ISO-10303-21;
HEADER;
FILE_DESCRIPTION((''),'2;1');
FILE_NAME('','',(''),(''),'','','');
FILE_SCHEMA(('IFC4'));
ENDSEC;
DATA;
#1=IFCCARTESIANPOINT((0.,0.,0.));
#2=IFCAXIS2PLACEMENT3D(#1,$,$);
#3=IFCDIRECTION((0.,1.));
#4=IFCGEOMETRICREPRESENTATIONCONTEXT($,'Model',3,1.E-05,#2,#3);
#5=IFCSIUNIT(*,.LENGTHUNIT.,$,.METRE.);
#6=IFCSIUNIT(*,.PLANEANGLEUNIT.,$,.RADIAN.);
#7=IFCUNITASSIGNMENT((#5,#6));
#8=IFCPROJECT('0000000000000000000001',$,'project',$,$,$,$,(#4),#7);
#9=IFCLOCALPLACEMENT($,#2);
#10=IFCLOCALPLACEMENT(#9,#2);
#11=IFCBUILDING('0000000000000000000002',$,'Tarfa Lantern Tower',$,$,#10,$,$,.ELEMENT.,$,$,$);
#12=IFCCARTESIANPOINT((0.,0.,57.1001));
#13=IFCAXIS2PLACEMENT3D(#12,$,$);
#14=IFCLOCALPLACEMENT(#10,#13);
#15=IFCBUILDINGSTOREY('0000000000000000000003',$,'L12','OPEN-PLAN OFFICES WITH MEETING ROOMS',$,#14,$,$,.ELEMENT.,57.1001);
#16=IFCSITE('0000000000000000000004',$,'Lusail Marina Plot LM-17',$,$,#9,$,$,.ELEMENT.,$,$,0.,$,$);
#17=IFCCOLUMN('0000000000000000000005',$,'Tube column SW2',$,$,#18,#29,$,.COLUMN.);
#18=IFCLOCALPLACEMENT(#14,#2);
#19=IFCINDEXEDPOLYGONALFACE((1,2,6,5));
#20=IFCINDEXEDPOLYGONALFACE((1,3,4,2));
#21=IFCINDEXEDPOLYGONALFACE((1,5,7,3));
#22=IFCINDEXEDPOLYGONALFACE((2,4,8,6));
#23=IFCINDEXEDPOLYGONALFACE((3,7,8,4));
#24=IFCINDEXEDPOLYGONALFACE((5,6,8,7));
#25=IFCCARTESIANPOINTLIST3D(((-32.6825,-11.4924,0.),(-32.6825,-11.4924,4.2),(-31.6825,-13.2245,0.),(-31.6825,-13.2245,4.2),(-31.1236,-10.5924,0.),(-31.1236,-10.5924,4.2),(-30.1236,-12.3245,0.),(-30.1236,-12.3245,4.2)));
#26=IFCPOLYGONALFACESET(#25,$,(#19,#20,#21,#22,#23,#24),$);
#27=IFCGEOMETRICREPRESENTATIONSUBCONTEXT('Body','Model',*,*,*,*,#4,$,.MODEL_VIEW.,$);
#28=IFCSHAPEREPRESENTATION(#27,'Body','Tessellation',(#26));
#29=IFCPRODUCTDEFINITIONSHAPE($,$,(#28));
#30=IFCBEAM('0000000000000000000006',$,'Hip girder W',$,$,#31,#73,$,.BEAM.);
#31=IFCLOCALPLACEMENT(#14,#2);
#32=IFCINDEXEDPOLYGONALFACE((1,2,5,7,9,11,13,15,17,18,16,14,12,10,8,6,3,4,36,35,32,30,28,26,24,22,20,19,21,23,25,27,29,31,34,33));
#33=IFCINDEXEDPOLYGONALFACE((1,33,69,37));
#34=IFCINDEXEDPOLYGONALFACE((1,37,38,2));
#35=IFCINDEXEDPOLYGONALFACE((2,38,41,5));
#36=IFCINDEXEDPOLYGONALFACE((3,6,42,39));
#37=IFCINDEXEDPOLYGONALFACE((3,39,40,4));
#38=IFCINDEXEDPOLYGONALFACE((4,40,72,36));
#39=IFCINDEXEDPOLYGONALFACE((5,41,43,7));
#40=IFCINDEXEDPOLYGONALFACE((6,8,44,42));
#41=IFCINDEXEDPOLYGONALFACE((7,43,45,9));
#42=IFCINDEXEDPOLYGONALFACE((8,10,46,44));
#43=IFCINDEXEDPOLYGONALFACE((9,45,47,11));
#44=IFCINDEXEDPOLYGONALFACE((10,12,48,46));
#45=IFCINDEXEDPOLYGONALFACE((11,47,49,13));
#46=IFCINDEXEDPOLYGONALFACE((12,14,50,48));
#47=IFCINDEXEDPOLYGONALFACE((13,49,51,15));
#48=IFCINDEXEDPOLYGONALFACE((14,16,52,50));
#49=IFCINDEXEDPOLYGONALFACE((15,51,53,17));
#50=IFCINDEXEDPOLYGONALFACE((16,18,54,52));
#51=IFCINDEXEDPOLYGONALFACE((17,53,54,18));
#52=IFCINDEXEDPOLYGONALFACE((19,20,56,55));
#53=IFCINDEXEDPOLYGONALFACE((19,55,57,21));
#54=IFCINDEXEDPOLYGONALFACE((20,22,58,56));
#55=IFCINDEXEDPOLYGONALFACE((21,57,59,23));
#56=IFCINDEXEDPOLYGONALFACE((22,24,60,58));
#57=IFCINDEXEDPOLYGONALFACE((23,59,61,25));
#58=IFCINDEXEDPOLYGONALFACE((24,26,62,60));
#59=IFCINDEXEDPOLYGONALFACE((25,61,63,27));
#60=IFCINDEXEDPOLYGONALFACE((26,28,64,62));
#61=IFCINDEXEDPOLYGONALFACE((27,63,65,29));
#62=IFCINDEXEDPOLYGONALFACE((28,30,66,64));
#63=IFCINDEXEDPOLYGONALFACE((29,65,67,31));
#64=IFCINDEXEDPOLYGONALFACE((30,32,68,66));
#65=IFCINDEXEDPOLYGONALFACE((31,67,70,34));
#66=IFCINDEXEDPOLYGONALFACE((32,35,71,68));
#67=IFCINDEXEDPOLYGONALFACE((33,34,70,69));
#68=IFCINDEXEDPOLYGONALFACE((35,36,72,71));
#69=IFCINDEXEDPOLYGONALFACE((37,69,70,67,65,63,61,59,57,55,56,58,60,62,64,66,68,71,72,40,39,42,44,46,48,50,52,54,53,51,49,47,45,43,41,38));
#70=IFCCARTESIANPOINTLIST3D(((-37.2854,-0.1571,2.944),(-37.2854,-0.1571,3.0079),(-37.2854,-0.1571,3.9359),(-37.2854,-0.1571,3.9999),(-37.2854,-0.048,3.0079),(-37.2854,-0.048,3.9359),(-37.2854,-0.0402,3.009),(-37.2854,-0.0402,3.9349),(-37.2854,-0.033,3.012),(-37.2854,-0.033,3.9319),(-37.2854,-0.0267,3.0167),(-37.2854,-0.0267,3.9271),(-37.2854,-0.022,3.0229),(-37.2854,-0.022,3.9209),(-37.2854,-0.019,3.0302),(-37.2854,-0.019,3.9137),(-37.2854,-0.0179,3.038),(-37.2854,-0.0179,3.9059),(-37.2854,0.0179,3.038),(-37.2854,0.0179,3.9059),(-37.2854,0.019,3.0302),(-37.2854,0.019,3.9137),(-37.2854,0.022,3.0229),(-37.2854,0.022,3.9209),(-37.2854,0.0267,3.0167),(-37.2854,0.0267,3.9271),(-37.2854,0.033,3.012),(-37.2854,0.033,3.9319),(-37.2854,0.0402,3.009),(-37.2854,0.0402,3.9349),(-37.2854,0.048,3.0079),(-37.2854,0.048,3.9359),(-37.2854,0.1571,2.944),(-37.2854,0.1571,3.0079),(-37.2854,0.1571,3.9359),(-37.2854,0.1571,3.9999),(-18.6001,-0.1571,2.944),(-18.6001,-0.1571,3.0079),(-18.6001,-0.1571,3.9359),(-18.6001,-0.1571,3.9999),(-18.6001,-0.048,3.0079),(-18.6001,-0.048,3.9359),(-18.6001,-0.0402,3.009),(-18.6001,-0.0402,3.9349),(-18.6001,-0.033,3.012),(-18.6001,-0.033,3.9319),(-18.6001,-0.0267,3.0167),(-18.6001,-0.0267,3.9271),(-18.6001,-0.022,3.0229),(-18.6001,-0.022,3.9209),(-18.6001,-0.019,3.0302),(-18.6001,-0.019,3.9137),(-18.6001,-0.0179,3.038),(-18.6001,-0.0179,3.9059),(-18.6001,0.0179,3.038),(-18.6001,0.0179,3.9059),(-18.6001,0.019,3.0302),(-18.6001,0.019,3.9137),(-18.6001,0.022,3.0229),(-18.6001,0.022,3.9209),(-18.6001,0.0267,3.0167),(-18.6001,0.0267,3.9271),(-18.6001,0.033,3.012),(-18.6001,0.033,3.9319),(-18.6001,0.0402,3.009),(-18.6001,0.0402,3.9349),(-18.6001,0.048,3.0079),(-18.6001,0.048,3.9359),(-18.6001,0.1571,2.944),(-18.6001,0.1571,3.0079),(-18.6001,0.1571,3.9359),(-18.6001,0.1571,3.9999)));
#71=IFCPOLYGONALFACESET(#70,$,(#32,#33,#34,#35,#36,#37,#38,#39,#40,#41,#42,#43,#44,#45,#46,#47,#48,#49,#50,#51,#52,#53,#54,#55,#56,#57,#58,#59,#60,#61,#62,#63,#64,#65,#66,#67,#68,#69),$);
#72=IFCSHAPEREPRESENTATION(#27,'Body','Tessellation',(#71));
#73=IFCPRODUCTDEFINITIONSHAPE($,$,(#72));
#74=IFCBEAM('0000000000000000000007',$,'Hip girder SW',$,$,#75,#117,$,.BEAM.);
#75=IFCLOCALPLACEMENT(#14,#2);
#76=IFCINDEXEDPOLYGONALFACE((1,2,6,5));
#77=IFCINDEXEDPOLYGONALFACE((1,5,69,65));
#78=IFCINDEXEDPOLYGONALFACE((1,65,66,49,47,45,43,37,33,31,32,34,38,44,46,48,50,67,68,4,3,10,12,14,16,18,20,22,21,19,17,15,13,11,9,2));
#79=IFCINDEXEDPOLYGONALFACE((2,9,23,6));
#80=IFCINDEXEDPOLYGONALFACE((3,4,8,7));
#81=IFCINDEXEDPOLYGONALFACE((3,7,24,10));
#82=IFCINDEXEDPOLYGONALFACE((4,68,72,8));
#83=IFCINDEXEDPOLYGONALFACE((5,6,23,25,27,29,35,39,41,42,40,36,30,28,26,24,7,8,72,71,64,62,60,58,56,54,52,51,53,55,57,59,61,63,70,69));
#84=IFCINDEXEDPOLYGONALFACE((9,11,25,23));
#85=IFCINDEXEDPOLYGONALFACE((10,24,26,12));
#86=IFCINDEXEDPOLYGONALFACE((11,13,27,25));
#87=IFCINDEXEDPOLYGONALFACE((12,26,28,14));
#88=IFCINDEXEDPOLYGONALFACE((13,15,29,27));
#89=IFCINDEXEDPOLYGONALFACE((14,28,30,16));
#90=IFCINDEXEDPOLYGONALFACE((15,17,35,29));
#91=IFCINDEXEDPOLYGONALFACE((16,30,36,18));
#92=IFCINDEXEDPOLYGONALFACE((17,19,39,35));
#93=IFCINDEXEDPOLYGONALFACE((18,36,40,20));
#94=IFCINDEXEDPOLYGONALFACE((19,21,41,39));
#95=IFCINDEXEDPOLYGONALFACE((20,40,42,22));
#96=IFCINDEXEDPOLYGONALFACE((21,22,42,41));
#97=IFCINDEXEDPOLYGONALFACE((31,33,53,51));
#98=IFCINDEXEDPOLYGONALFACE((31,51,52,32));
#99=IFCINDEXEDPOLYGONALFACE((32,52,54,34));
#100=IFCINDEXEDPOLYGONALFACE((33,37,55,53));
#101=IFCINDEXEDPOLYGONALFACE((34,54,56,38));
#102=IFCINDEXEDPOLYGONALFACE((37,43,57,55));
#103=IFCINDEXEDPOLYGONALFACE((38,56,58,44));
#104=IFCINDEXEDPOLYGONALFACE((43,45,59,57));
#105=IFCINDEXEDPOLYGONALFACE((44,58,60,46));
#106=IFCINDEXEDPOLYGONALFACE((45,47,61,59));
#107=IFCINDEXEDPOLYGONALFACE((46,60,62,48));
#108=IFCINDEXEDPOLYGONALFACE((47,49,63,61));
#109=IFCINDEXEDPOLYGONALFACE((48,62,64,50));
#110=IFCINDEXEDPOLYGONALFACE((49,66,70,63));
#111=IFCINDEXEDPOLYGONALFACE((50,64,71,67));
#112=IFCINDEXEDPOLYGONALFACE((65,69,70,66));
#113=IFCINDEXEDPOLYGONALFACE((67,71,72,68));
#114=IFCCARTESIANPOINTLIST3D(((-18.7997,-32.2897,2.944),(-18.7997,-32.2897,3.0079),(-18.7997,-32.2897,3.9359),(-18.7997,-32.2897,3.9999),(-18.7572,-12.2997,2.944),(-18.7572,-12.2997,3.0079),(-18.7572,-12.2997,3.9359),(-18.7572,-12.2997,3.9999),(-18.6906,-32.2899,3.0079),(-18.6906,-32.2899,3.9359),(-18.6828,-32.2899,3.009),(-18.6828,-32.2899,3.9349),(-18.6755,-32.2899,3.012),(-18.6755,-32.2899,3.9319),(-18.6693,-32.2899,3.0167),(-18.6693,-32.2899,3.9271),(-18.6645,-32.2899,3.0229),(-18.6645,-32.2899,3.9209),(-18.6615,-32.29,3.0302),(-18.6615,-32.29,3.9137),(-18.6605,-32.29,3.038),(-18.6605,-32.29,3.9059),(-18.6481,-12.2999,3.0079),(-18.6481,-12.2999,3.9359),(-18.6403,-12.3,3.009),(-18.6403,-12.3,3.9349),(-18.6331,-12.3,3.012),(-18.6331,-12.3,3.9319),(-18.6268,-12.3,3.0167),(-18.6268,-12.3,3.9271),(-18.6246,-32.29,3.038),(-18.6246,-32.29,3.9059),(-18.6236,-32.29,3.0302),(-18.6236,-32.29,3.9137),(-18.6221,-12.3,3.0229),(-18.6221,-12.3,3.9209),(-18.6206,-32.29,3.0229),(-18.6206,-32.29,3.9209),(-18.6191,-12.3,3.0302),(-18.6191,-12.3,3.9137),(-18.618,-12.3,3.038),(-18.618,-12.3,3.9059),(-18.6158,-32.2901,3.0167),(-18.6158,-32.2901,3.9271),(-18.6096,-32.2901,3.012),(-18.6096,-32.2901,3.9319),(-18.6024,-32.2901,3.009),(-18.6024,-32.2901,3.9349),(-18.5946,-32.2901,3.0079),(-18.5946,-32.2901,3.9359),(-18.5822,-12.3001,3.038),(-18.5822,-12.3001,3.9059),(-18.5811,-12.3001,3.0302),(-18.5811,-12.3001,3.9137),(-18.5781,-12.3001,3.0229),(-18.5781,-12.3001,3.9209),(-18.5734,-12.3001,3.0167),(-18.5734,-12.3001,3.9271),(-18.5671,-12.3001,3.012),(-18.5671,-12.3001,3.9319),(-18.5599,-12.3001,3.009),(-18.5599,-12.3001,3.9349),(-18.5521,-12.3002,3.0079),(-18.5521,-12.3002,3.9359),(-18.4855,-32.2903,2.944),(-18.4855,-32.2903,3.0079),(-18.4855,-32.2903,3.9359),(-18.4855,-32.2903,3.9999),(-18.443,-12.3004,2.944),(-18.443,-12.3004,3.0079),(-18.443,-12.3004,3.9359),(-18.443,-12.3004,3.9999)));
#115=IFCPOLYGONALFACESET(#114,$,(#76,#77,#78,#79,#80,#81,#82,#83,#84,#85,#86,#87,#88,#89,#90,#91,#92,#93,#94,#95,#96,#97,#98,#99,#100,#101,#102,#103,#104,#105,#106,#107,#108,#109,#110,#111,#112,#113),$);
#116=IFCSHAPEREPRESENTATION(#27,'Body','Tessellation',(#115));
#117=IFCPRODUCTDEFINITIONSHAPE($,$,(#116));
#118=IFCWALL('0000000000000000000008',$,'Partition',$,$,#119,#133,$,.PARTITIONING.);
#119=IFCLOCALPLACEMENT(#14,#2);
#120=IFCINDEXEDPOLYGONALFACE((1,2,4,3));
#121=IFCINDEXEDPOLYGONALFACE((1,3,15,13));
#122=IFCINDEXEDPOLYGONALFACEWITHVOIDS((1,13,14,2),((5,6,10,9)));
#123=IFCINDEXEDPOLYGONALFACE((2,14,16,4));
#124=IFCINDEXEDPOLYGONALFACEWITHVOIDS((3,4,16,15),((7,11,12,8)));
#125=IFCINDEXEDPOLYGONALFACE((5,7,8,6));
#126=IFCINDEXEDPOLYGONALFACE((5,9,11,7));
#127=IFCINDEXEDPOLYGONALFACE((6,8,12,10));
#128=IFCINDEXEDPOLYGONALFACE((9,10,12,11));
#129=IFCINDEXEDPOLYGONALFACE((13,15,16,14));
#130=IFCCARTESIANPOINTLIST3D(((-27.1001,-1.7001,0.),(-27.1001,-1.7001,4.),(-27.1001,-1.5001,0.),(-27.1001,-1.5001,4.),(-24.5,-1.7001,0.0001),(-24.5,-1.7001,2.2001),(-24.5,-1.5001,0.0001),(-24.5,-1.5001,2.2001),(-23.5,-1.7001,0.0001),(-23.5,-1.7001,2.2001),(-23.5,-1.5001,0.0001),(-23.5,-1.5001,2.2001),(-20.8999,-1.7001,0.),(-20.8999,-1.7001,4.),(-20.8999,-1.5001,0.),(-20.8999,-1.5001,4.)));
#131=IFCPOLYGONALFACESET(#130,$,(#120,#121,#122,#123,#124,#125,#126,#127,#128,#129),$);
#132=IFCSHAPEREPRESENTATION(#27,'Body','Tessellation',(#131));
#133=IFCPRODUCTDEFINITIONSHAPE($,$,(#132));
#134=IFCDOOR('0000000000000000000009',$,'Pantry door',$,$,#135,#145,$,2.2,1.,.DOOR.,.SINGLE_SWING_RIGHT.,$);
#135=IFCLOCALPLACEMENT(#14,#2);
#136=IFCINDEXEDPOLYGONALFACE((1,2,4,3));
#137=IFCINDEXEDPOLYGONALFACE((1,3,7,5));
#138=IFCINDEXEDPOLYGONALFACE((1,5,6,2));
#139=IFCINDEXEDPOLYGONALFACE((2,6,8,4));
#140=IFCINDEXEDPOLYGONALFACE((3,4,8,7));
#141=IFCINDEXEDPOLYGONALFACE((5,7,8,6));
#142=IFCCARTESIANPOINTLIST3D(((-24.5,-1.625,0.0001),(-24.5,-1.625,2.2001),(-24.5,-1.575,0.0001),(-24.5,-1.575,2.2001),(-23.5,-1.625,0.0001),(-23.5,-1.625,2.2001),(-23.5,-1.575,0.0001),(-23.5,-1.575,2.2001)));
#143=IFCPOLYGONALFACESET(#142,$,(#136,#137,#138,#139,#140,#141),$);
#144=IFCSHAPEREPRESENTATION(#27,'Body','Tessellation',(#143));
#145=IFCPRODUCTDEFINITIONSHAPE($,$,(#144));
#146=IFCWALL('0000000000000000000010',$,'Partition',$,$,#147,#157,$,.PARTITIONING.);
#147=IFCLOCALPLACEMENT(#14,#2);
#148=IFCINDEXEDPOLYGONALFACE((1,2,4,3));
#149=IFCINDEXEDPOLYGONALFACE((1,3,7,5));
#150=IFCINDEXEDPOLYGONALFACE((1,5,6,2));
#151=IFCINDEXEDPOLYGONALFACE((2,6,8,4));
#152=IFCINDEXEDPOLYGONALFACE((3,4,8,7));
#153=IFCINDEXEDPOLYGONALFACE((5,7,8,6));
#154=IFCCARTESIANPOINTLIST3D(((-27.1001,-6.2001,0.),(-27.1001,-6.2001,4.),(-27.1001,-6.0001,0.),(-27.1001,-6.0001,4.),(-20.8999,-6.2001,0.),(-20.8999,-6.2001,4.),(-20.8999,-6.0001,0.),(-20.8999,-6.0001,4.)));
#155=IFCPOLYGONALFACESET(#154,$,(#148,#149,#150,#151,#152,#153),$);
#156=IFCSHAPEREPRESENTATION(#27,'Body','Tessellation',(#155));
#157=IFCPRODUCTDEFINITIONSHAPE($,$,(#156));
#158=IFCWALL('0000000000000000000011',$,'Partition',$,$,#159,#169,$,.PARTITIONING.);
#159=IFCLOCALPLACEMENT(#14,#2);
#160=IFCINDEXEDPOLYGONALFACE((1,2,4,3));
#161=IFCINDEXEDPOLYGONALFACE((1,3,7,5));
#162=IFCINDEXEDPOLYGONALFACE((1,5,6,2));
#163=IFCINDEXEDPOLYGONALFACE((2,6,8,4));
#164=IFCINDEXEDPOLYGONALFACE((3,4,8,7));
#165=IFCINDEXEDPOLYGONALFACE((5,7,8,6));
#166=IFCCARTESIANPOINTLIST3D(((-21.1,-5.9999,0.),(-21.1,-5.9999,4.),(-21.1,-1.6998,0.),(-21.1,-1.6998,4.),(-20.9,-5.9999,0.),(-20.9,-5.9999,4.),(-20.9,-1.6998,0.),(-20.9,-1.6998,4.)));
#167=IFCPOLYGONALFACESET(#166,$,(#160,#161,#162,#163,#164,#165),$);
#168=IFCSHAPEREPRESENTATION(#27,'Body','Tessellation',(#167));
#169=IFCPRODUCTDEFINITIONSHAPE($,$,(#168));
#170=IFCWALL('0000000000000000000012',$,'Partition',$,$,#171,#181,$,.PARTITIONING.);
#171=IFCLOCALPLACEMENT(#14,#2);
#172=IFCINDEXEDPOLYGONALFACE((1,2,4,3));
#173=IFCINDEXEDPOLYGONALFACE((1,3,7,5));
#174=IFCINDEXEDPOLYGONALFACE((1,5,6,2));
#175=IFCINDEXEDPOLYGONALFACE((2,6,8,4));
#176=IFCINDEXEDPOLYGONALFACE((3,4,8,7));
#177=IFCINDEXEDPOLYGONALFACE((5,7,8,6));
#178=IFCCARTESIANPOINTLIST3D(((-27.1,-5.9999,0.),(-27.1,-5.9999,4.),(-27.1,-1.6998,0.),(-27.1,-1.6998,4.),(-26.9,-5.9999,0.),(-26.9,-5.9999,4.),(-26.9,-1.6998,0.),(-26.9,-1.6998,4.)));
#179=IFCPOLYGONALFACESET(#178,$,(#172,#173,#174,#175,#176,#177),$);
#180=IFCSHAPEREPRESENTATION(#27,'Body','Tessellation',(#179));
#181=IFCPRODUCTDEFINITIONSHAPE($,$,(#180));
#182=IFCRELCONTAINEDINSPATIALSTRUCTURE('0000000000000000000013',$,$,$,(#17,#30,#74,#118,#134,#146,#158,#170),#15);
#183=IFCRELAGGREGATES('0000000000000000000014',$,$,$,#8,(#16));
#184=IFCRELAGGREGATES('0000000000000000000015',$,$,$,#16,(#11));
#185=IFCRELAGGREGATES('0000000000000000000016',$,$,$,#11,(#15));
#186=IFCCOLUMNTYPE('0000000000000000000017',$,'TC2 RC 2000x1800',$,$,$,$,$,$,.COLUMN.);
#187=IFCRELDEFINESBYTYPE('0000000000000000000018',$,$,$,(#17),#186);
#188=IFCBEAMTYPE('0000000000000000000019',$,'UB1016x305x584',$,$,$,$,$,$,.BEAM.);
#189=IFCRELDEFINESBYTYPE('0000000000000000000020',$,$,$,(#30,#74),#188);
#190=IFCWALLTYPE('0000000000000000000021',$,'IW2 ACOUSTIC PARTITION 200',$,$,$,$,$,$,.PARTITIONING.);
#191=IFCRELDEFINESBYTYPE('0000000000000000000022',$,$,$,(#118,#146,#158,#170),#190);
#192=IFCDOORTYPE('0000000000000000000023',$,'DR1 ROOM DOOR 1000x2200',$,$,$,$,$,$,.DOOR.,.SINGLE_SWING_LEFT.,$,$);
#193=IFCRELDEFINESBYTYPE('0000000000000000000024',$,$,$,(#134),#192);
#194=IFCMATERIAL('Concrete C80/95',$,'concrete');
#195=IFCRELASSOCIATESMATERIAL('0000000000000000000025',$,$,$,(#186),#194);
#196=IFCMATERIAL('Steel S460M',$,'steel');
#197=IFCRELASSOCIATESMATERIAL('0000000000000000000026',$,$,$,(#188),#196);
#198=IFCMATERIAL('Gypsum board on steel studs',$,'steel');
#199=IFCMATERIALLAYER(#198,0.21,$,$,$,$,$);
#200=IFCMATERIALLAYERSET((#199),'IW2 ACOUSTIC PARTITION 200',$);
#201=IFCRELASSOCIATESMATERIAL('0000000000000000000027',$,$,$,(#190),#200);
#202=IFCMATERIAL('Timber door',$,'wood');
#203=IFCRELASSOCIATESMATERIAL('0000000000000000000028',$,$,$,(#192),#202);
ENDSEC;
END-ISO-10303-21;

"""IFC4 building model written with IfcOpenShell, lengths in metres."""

from ifc_helpers import new_model, si_unit, direction, frame, frame_2d, origin, origin_2d, place, context, subcontext, project, spatial, rectangle, i_section, extrude, material, layer, layer_set, material_profile, profile_set, type_object, element, fill, save


model = new_model("IFC4")

# Units and contexts
model_context = context("Model", 3, precision=1e-05, world=origin(), true_north=direction((0.0, 1.0)))
body_context = subcontext(model_context, "Body", "Model", "MODEL_VIEW")
ifc_project = project(units=[si_unit("LENGTHUNIT", "METRE"), si_unit("PLANEANGLEUNIT", "RADIAN")], contexts=[model_context])

# Site, building, storey
site_placement = place(None, origin())
site = spatial("IfcSite", under=ifc_project, at=site_placement, Name="Lusail Marina Plot LM-17", CompositionType="ELEMENT", RefElevation=0.0)
building_placement = place(site_placement, origin())
building = spatial("IfcBuilding", under=site, at=building_placement, Name="Tarfa Lantern Tower", CompositionType="ELEMENT")
storey_placement = place(building_placement, frame((0.0, 0.0, 57.1001)))
storey = spatial("IfcBuildingStorey", under=building, at=storey_placement, Name="L12", Description="OPEN-PLAN OFFICES WITH MEETING ROOMS", CompositionType="ELEMENT", Elevation=57.1001)

# Column
ifc_material_1 = material(Name="Concrete C80/95", Category="concrete")
ifc_material_profile_1 = material_profile(ifc_material_1, rectangle(XDim=2.0, YDim=1.8, at=origin_2d()), Name="RC 2000x1800")
ifc_profile_set_1 = profile_set([ifc_material_profile_1], Name="Concrete C80/95")
column_type = type_object("IfcColumnType", Name="TC2 RC 2000x1800", PredefinedType="COLUMN", material=ifc_profile_set_1)
column_placement = place(storey_placement, frame((-31.4031, -11.9084, 0.0), z_axis=(0.0, 0.0, 1.0), x_axis=(0.5, -0.866025, 0.0)))
element("IfcColumn", 1, at=column_placement, inside=storey, type_object=column_type, Name="Tube column SW2", PredefinedType="COLUMN", context=body_context, shape_type="SweptSolid", body=[
    extrude(rectangle(XDim=2.0, YDim=1.8, at=origin_2d()), origin(), (0.0, 0.0, 1.0), 4.2),
])

# Beams
ifc_material_2 = material(Name="Steel S460M", Category="steel")
ifc_material_profile_2 = material_profile(ifc_material_2, i_section(OverallWidth=0.3142, OverallDepth=1.0559, WebThickness=0.0359, FlangeThickness=0.064, FilletRadius=0.03, at=origin_2d()), Name="UB1016x305x584")
ifc_profile_set_2 = profile_set([ifc_material_profile_2], Name="Steel S460M")
beam_type = type_object("IfcBeamType", Name="UB1016x305x584", PredefinedType="BEAM", material=ifc_profile_set_2)
beam_1_placement = place(storey_placement, frame((-18.6001, 0.0, 3.4719), z_axis=(-1.0, 0.0, 0.0), x_axis=(0.0, -1.0, 0.0)))
element("IfcBeam", 2, at=beam_1_placement, inside=storey, type_object=beam_type, Name="Hip girder W", PredefinedType="BEAM", context=body_context, shape_type="SweptSolid", body=[
    extrude(i_section(OverallWidth=0.3142, OverallDepth=1.0559, WebThickness=0.0359, FlangeThickness=0.064, FilletRadius=0.03, at=origin_2d()), origin(), (0.0, 0.0, 1.0), 18.6853),
])
beam_2_placement = place(storey_placement, frame((-18.6001, -12.3, 3.4719), z_axis=(-0.002125, -0.999998, 0.0), x_axis=(0.999998, -0.002125, 0.0)))
element("IfcBeam", 3, at=beam_2_placement, inside=storey, type_object=beam_type, Name="Hip girder SW", PredefinedType="BEAM", context=body_context, shape_type="SweptSolid", body=[
    extrude(i_section(OverallWidth=0.3142, OverallDepth=1.0559, WebThickness=0.0359, FlangeThickness=0.064, FilletRadius=0.03, at=origin_2d()), origin(), (0.0, 0.0, 1.0), 19.99),
])

# Wall, opening, door
ifc_material_3 = material(Name="Gypsum board on steel studs", Category="steel")
ifc_layer_1 = layer(ifc_material_3, 0.21)
ifc_layer_set_1 = layer_set([ifc_layer_1], Name="IW2 ACOUSTIC PARTITION 200")
wall_type_1 = type_object("IfcWallType", Name="IW2 ACOUSTIC PARTITION 200", PredefinedType="PARTITIONING", material=ifc_layer_set_1)
wall_1_placement = place(storey_placement, frame((-20.8999, -1.6001, 0.0), z_axis=(0.0, 0.0, 1.0), x_axis=(-1.0, 0.0, 0.0)))
wall_1 = element("IfcWall", 4, at=wall_1_placement, inside=storey, type_object=wall_type_1, Name="Partition", PredefinedType="PARTITIONING", context=body_context, shape_type="SweptSolid", body=[
    extrude(rectangle(XDim=6.2002, YDim=0.2, at=frame_2d((3.1001, 0.0))), origin(), (0.0, 0.0, 1.0), 4.0),
])
opening_1_placement = place(wall_1_placement, frame((2.6001, 0.0, 0.0)))
opening_1 = element("IfcOpeningElement", 5, at=opening_1_placement, cuts=wall_1, PredefinedType="OPENING", context=body_context, shape_type="SweptSolid", body=[
    extrude(rectangle(XDim=1.0, YDim=2.2, at=frame_2d((0.5, 1.1001))), frame((0.0, 0.1099, 0.0), z_axis=(0.0, -1.0, 0.0), x_axis=(1.0, 0.0, 0.0)), (0.0, 0.0, 1.0), 0.22),
])
ifc_material_4 = material(Name="Timber door", Category="wood")
door_type_1 = type_object("IfcDoorType", Name="DR1 ROOM DOOR 1000x2200", OperationType="SINGLE_SWING_LEFT", PredefinedType="DOOR", material=ifc_material_4)
door_1_placement = place(opening_1_placement, origin())
door_1 = element("IfcDoor", 6, at=door_1_placement, inside=storey, type_object=door_type_1, Name="Pantry door", OperationType="SINGLE_SWING_RIGHT", OverallHeight=2.2, OverallWidth=1.0, PredefinedType="DOOR", context=body_context, shape_type="SweptSolid", body=[
    extrude(rectangle(XDim=1.0, YDim=2.2, at=frame_2d((0.5, 1.1001))), frame((0.0, 0.0249, 0.0), z_axis=(0.0, -1.0, 0.0), x_axis=(1.0, 0.0, 0.0)), (0.0, 0.0, 1.0), 0.05),
])
fill(opening_1, door_1)

# Walls
wall_2_placement = place(storey_placement, frame((-20.8999, -6.1001, 0.0), z_axis=(0.0, 0.0, 1.0), x_axis=(-1.0, 0.0, 0.0)))
element("IfcWall", 7, at=wall_2_placement, inside=storey, type_object=wall_type_1, Name="Partition", PredefinedType="PARTITIONING", context=body_context, shape_type="SweptSolid", body=[
    extrude(rectangle(XDim=6.2002, YDim=0.2, at=frame_2d((3.1001, 0.0))), origin(), (0.0, 0.0, 1.0), 4.0),
])
for number, where, z_axis, x_axis, name in (
    (8, (-21.0, -1.7, 0.0), (0.0, 0.0, 1.0), (0.0, -1.0, 0.0), "Partition"),
    (9, (-27.0, -1.7, 0.0), (0.0, 0.0, 1.0), (0.0, -1.0, 0.0), "Partition"),
):
    element("IfcWall", number, at=place(storey_placement, frame(where, z_axis=z_axis, x_axis=x_axis)), inside=storey, type_object=wall_type_1, Name=name, PredefinedType="PARTITIONING", context=body_context, shape_type="SweptSolid", body=[
        extrude(rectangle(XDim=4.3, YDim=0.2, at=frame_2d((2.1499, 0.0))), origin(), (0.0, 0.0, 1.0), 4.0),
    ])

save(model, "model.ifc")
